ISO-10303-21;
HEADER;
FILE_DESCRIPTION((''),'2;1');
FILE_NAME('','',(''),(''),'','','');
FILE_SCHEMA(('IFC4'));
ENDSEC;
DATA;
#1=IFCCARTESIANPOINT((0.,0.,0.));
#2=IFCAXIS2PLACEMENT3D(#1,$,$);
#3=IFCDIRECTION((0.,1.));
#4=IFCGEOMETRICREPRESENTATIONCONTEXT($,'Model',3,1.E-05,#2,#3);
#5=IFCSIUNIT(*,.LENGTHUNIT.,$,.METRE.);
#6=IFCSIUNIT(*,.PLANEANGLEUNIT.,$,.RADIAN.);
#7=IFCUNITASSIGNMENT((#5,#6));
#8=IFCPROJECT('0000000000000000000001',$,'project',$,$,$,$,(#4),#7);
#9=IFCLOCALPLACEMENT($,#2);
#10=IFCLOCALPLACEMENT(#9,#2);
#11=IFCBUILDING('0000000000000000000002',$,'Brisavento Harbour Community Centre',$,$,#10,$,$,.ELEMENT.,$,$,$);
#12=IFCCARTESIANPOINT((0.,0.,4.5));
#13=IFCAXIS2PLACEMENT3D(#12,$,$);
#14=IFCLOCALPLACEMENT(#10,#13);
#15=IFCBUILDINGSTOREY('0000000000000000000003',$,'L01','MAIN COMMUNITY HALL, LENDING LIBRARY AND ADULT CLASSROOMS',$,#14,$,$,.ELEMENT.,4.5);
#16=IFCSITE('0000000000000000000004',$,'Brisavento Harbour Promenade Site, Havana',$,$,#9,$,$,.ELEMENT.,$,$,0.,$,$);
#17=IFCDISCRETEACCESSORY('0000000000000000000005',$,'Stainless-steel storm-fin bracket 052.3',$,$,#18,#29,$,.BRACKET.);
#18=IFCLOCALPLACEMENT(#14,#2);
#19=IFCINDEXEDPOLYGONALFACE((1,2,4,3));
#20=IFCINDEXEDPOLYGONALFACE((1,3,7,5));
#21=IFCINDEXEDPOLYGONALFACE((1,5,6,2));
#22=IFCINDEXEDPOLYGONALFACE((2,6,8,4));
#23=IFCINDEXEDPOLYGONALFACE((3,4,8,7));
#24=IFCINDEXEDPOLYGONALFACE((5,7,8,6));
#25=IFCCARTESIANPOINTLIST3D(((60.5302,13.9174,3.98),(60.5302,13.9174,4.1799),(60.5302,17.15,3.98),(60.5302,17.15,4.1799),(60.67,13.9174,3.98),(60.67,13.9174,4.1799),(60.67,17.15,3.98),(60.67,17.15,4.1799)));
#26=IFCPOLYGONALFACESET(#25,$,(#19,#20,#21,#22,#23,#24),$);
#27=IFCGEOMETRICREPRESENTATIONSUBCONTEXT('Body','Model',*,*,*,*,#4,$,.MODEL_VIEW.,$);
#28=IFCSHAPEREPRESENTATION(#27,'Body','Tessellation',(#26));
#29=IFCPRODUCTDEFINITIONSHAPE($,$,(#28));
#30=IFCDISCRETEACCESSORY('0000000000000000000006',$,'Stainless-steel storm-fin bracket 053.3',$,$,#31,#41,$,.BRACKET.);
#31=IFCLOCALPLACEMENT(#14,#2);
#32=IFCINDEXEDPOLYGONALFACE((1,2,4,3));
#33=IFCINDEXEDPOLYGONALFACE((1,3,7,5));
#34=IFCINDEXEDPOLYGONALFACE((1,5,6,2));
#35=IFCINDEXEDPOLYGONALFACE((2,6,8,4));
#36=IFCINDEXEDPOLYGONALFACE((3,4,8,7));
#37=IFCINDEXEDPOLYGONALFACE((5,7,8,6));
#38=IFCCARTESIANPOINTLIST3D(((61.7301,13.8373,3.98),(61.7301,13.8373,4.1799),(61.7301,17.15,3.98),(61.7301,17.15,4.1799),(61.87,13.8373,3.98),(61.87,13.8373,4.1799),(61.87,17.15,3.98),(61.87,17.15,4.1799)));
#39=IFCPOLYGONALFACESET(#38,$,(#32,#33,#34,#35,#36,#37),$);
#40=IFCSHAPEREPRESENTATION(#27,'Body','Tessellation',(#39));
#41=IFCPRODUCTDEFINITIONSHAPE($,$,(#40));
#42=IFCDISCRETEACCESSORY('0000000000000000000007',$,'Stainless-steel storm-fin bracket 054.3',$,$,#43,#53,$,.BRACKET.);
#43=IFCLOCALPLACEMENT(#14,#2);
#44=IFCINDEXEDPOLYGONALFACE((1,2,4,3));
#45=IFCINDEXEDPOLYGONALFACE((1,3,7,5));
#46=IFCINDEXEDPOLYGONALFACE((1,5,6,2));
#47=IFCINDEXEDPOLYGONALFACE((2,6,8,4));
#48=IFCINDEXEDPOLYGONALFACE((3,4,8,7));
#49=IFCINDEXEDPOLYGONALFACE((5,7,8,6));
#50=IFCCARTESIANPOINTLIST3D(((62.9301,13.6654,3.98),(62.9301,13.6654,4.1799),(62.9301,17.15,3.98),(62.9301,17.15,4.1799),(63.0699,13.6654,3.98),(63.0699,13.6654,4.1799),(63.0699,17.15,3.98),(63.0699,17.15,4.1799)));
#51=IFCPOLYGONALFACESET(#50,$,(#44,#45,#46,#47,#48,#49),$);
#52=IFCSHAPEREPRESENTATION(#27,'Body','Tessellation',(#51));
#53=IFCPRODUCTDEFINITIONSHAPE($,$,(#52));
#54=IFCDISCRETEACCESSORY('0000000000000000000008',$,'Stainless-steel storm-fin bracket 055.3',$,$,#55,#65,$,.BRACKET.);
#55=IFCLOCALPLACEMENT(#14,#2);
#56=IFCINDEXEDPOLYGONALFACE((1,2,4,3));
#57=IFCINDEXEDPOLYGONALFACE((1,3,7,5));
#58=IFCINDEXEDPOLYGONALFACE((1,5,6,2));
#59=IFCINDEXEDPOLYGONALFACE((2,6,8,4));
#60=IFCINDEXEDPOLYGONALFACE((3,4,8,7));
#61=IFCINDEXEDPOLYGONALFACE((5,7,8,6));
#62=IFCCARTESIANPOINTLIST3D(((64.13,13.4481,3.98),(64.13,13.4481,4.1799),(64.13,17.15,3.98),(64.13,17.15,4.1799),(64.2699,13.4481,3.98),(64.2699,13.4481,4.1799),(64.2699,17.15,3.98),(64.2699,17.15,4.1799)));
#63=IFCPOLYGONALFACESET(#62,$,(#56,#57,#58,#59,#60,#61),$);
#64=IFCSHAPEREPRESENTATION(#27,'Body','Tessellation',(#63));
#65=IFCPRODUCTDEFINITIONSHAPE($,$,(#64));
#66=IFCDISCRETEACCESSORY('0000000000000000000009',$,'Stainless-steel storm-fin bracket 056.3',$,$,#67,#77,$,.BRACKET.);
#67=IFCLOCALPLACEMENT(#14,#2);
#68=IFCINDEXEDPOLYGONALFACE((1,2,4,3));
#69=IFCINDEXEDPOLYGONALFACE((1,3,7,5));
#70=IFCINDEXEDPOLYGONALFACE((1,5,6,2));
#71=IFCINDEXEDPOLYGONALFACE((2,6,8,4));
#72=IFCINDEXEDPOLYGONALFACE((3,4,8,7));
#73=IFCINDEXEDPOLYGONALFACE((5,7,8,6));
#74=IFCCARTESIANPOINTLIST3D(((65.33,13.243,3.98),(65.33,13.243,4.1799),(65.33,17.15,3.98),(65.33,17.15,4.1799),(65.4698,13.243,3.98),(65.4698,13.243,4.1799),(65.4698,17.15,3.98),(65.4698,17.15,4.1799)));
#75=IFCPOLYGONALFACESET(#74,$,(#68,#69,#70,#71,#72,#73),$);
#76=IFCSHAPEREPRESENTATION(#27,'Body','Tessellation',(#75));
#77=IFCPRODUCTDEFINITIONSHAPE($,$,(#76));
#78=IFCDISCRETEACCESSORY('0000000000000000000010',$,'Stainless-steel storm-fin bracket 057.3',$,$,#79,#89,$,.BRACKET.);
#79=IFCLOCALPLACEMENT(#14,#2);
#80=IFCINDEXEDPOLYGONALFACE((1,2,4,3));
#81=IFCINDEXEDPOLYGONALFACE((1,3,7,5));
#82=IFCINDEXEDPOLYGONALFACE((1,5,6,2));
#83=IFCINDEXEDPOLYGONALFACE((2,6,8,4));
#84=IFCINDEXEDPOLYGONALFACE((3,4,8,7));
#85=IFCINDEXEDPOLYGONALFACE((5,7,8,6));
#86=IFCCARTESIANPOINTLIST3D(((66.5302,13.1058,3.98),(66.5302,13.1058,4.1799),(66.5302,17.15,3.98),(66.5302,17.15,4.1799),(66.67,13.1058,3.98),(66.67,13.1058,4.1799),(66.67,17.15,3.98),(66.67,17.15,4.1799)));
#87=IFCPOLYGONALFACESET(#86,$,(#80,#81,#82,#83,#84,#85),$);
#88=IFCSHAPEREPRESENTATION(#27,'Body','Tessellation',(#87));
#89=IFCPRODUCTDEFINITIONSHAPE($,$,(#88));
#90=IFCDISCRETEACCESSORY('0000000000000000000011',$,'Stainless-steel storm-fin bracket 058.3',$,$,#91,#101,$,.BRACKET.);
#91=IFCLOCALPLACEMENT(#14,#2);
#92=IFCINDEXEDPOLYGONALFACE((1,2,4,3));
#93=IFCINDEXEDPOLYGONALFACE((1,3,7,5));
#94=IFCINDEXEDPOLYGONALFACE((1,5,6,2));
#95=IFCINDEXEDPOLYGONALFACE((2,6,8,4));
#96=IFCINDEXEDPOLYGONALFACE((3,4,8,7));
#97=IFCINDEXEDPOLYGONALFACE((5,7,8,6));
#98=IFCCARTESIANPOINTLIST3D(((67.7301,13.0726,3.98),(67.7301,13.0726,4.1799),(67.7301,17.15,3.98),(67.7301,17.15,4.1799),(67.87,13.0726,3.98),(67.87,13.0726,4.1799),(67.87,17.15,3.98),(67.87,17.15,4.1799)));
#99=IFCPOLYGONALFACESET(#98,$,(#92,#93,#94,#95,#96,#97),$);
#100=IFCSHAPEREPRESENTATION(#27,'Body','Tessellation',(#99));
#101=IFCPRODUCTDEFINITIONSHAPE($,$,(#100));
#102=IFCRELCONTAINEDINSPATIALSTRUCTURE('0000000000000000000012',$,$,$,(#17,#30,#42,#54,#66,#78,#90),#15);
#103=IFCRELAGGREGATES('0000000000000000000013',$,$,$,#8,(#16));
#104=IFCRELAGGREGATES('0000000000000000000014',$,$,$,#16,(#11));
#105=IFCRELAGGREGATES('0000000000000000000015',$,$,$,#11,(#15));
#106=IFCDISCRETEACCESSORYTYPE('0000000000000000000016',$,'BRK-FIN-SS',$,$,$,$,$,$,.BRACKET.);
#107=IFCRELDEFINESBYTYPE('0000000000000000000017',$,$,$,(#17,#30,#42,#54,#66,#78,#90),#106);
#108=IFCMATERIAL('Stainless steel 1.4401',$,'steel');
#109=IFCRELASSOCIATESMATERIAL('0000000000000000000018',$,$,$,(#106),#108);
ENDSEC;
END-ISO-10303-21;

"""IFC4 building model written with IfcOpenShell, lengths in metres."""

from ifc_helpers import new_model, si_unit, direction, frame, origin, origin_2d, place, context, subcontext, project, spatial, rectangle, extrude, material, type_object, element, save


model = new_model("IFC4")

# Units and contexts
model_context = context("Model", 3, precision=1e-05, world=origin(), true_north=direction((0.0, 1.0)))
body_context = subcontext(model_context, "Body", "Model", "MODEL_VIEW")
ifc_project = project(units=[si_unit("LENGTHUNIT", "METRE"), si_unit("PLANEANGLEUNIT", "RADIAN")], contexts=[model_context])

# Site, building, storey
site_placement = place(None, origin())
site = spatial("IfcSite", under=ifc_project, at=site_placement, Name="Brisavento Harbour Promenade Site, Havana", CompositionType="ELEMENT", RefElevation=0.0)
building_placement = place(site_placement, origin())
building = spatial("IfcBuilding", under=site, at=building_placement, Name="Brisavento Harbour Community Centre", CompositionType="ELEMENT")
storey_placement = place(building_placement, frame((0.0, 0.0, 4.5)))
storey = spatial("IfcBuildingStorey", under=building, at=storey_placement, Name="L01", Description="MAIN COMMUNITY HALL, LENDING LIBRARY AND ADULT CLASSROOMS", CompositionType="ELEMENT", Elevation=4.5)

# Shared definitions
ifc_material_1 = material(Name="Stainless steel 1.4401", Category="steel")

# Discrete accessories
discrete_accessory_type = type_object("IfcDiscreteAccessoryType", Name="BRK-FIN-SS", PredefinedType="BRACKET", material=ifc_material_1)
discrete_accessory_1_placement = place(storey_placement, frame((60.6001, 15.5337, 3.98), z_axis=(0.0, 0.0, 1.0), x_axis=(0.0, -1.0, 0.0)))
element("IfcDiscreteAccessory", 1, at=discrete_accessory_1_placement, inside=storey, type_object=discrete_accessory_type, Name="Stainless-steel storm-fin bracket 052.3", PredefinedType="BRACKET", context=body_context, shape_type="SweptSolid", body=[
    extrude(rectangle(XDim=3.2327, YDim=0.1399, at=origin_2d()), origin(), (0.0, 0.0, 1.0), 0.2),
])
discrete_accessory_2_placement = place(storey_placement, frame((61.8, 15.4937, 3.98), z_axis=(0.0, 0.0, 1.0), x_axis=(0.0, -1.0, 0.0)))
element("IfcDiscreteAccessory", 2, at=discrete_accessory_2_placement, inside=storey, type_object=discrete_accessory_type, Name="Stainless-steel storm-fin bracket 053.3", PredefinedType="BRACKET", context=body_context, shape_type="SweptSolid", body=[
    extrude(rectangle(XDim=3.3127, YDim=0.1399, at=origin_2d()), origin(), (0.0, 0.0, 1.0), 0.2),
])
discrete_accessory_3_placement = place(storey_placement, frame((63.0, 15.4077, 3.98), z_axis=(0.0, 0.0, 1.0), x_axis=(0.0, -1.0, 0.0)))
element("IfcDiscreteAccessory", 3, at=discrete_accessory_3_placement, inside=storey, type_object=discrete_accessory_type, Name="Stainless-steel storm-fin bracket 054.3", PredefinedType="BRACKET", context=body_context, shape_type="SweptSolid", body=[
    extrude(rectangle(XDim=3.4846, YDim=0.1399, at=origin_2d()), origin(), (0.0, 0.0, 1.0), 0.2),
])
discrete_accessory_4_placement = place(storey_placement, frame((64.2, 15.2991, 3.98), z_axis=(0.0, 0.0, 1.0), x_axis=(0.0, -1.0, 0.0)))
element("IfcDiscreteAccessory", 4, at=discrete_accessory_4_placement, inside=storey, type_object=discrete_accessory_type, Name="Stainless-steel storm-fin bracket 055.3", PredefinedType="BRACKET", context=body_context, shape_type="SweptSolid", body=[
    extrude(rectangle(XDim=3.7019, YDim=0.1399, at=origin_2d()), origin(), (0.0, 0.0, 1.0), 0.2),
])
discrete_accessory_5_placement = place(storey_placement, frame((65.3999, 15.1965, 3.98), z_axis=(0.0, 0.0, 1.0), x_axis=(0.0, -1.0, 0.0)))
element("IfcDiscreteAccessory", 5, at=discrete_accessory_5_placement, inside=storey, type_object=discrete_accessory_type, Name="Stainless-steel storm-fin bracket 056.3", PredefinedType="BRACKET", context=body_context, shape_type="SweptSolid", body=[
    extrude(rectangle(XDim=3.907, YDim=0.1399, at=origin_2d()), origin(), (0.0, 0.0, 1.0), 0.2),
])
discrete_accessory_6_placement = place(storey_placement, frame((66.6001, 15.1279, 3.98), z_axis=(0.0, 0.0, 1.0), x_axis=(0.0, -1.0, 0.0)))
element("IfcDiscreteAccessory", 6, at=discrete_accessory_6_placement, inside=storey, type_object=discrete_accessory_type, Name="Stainless-steel storm-fin bracket 057.3", PredefinedType="BRACKET", context=body_context, shape_type="SweptSolid", body=[
    extrude(rectangle(XDim=4.0442, YDim=0.1399, at=origin_2d()), origin(), (0.0, 0.0, 1.0), 0.2),
])
discrete_accessory_7_placement = place(storey_placement, frame((67.8, 15.1113, 3.98), z_axis=(0.0, 0.0, 1.0), x_axis=(0.0, -1.0, 0.0)))
element("IfcDiscreteAccessory", 7, at=discrete_accessory_7_placement, inside=storey, type_object=discrete_accessory_type, Name="Stainless-steel storm-fin bracket 058.3", PredefinedType="BRACKET", context=body_context, shape_type="SweptSolid", body=[
    extrude(rectangle(XDim=4.0774, YDim=0.1399, at=origin_2d()), origin(), (0.0, 0.0, 1.0), 0.2),
])

save(model, "model.ifc")
